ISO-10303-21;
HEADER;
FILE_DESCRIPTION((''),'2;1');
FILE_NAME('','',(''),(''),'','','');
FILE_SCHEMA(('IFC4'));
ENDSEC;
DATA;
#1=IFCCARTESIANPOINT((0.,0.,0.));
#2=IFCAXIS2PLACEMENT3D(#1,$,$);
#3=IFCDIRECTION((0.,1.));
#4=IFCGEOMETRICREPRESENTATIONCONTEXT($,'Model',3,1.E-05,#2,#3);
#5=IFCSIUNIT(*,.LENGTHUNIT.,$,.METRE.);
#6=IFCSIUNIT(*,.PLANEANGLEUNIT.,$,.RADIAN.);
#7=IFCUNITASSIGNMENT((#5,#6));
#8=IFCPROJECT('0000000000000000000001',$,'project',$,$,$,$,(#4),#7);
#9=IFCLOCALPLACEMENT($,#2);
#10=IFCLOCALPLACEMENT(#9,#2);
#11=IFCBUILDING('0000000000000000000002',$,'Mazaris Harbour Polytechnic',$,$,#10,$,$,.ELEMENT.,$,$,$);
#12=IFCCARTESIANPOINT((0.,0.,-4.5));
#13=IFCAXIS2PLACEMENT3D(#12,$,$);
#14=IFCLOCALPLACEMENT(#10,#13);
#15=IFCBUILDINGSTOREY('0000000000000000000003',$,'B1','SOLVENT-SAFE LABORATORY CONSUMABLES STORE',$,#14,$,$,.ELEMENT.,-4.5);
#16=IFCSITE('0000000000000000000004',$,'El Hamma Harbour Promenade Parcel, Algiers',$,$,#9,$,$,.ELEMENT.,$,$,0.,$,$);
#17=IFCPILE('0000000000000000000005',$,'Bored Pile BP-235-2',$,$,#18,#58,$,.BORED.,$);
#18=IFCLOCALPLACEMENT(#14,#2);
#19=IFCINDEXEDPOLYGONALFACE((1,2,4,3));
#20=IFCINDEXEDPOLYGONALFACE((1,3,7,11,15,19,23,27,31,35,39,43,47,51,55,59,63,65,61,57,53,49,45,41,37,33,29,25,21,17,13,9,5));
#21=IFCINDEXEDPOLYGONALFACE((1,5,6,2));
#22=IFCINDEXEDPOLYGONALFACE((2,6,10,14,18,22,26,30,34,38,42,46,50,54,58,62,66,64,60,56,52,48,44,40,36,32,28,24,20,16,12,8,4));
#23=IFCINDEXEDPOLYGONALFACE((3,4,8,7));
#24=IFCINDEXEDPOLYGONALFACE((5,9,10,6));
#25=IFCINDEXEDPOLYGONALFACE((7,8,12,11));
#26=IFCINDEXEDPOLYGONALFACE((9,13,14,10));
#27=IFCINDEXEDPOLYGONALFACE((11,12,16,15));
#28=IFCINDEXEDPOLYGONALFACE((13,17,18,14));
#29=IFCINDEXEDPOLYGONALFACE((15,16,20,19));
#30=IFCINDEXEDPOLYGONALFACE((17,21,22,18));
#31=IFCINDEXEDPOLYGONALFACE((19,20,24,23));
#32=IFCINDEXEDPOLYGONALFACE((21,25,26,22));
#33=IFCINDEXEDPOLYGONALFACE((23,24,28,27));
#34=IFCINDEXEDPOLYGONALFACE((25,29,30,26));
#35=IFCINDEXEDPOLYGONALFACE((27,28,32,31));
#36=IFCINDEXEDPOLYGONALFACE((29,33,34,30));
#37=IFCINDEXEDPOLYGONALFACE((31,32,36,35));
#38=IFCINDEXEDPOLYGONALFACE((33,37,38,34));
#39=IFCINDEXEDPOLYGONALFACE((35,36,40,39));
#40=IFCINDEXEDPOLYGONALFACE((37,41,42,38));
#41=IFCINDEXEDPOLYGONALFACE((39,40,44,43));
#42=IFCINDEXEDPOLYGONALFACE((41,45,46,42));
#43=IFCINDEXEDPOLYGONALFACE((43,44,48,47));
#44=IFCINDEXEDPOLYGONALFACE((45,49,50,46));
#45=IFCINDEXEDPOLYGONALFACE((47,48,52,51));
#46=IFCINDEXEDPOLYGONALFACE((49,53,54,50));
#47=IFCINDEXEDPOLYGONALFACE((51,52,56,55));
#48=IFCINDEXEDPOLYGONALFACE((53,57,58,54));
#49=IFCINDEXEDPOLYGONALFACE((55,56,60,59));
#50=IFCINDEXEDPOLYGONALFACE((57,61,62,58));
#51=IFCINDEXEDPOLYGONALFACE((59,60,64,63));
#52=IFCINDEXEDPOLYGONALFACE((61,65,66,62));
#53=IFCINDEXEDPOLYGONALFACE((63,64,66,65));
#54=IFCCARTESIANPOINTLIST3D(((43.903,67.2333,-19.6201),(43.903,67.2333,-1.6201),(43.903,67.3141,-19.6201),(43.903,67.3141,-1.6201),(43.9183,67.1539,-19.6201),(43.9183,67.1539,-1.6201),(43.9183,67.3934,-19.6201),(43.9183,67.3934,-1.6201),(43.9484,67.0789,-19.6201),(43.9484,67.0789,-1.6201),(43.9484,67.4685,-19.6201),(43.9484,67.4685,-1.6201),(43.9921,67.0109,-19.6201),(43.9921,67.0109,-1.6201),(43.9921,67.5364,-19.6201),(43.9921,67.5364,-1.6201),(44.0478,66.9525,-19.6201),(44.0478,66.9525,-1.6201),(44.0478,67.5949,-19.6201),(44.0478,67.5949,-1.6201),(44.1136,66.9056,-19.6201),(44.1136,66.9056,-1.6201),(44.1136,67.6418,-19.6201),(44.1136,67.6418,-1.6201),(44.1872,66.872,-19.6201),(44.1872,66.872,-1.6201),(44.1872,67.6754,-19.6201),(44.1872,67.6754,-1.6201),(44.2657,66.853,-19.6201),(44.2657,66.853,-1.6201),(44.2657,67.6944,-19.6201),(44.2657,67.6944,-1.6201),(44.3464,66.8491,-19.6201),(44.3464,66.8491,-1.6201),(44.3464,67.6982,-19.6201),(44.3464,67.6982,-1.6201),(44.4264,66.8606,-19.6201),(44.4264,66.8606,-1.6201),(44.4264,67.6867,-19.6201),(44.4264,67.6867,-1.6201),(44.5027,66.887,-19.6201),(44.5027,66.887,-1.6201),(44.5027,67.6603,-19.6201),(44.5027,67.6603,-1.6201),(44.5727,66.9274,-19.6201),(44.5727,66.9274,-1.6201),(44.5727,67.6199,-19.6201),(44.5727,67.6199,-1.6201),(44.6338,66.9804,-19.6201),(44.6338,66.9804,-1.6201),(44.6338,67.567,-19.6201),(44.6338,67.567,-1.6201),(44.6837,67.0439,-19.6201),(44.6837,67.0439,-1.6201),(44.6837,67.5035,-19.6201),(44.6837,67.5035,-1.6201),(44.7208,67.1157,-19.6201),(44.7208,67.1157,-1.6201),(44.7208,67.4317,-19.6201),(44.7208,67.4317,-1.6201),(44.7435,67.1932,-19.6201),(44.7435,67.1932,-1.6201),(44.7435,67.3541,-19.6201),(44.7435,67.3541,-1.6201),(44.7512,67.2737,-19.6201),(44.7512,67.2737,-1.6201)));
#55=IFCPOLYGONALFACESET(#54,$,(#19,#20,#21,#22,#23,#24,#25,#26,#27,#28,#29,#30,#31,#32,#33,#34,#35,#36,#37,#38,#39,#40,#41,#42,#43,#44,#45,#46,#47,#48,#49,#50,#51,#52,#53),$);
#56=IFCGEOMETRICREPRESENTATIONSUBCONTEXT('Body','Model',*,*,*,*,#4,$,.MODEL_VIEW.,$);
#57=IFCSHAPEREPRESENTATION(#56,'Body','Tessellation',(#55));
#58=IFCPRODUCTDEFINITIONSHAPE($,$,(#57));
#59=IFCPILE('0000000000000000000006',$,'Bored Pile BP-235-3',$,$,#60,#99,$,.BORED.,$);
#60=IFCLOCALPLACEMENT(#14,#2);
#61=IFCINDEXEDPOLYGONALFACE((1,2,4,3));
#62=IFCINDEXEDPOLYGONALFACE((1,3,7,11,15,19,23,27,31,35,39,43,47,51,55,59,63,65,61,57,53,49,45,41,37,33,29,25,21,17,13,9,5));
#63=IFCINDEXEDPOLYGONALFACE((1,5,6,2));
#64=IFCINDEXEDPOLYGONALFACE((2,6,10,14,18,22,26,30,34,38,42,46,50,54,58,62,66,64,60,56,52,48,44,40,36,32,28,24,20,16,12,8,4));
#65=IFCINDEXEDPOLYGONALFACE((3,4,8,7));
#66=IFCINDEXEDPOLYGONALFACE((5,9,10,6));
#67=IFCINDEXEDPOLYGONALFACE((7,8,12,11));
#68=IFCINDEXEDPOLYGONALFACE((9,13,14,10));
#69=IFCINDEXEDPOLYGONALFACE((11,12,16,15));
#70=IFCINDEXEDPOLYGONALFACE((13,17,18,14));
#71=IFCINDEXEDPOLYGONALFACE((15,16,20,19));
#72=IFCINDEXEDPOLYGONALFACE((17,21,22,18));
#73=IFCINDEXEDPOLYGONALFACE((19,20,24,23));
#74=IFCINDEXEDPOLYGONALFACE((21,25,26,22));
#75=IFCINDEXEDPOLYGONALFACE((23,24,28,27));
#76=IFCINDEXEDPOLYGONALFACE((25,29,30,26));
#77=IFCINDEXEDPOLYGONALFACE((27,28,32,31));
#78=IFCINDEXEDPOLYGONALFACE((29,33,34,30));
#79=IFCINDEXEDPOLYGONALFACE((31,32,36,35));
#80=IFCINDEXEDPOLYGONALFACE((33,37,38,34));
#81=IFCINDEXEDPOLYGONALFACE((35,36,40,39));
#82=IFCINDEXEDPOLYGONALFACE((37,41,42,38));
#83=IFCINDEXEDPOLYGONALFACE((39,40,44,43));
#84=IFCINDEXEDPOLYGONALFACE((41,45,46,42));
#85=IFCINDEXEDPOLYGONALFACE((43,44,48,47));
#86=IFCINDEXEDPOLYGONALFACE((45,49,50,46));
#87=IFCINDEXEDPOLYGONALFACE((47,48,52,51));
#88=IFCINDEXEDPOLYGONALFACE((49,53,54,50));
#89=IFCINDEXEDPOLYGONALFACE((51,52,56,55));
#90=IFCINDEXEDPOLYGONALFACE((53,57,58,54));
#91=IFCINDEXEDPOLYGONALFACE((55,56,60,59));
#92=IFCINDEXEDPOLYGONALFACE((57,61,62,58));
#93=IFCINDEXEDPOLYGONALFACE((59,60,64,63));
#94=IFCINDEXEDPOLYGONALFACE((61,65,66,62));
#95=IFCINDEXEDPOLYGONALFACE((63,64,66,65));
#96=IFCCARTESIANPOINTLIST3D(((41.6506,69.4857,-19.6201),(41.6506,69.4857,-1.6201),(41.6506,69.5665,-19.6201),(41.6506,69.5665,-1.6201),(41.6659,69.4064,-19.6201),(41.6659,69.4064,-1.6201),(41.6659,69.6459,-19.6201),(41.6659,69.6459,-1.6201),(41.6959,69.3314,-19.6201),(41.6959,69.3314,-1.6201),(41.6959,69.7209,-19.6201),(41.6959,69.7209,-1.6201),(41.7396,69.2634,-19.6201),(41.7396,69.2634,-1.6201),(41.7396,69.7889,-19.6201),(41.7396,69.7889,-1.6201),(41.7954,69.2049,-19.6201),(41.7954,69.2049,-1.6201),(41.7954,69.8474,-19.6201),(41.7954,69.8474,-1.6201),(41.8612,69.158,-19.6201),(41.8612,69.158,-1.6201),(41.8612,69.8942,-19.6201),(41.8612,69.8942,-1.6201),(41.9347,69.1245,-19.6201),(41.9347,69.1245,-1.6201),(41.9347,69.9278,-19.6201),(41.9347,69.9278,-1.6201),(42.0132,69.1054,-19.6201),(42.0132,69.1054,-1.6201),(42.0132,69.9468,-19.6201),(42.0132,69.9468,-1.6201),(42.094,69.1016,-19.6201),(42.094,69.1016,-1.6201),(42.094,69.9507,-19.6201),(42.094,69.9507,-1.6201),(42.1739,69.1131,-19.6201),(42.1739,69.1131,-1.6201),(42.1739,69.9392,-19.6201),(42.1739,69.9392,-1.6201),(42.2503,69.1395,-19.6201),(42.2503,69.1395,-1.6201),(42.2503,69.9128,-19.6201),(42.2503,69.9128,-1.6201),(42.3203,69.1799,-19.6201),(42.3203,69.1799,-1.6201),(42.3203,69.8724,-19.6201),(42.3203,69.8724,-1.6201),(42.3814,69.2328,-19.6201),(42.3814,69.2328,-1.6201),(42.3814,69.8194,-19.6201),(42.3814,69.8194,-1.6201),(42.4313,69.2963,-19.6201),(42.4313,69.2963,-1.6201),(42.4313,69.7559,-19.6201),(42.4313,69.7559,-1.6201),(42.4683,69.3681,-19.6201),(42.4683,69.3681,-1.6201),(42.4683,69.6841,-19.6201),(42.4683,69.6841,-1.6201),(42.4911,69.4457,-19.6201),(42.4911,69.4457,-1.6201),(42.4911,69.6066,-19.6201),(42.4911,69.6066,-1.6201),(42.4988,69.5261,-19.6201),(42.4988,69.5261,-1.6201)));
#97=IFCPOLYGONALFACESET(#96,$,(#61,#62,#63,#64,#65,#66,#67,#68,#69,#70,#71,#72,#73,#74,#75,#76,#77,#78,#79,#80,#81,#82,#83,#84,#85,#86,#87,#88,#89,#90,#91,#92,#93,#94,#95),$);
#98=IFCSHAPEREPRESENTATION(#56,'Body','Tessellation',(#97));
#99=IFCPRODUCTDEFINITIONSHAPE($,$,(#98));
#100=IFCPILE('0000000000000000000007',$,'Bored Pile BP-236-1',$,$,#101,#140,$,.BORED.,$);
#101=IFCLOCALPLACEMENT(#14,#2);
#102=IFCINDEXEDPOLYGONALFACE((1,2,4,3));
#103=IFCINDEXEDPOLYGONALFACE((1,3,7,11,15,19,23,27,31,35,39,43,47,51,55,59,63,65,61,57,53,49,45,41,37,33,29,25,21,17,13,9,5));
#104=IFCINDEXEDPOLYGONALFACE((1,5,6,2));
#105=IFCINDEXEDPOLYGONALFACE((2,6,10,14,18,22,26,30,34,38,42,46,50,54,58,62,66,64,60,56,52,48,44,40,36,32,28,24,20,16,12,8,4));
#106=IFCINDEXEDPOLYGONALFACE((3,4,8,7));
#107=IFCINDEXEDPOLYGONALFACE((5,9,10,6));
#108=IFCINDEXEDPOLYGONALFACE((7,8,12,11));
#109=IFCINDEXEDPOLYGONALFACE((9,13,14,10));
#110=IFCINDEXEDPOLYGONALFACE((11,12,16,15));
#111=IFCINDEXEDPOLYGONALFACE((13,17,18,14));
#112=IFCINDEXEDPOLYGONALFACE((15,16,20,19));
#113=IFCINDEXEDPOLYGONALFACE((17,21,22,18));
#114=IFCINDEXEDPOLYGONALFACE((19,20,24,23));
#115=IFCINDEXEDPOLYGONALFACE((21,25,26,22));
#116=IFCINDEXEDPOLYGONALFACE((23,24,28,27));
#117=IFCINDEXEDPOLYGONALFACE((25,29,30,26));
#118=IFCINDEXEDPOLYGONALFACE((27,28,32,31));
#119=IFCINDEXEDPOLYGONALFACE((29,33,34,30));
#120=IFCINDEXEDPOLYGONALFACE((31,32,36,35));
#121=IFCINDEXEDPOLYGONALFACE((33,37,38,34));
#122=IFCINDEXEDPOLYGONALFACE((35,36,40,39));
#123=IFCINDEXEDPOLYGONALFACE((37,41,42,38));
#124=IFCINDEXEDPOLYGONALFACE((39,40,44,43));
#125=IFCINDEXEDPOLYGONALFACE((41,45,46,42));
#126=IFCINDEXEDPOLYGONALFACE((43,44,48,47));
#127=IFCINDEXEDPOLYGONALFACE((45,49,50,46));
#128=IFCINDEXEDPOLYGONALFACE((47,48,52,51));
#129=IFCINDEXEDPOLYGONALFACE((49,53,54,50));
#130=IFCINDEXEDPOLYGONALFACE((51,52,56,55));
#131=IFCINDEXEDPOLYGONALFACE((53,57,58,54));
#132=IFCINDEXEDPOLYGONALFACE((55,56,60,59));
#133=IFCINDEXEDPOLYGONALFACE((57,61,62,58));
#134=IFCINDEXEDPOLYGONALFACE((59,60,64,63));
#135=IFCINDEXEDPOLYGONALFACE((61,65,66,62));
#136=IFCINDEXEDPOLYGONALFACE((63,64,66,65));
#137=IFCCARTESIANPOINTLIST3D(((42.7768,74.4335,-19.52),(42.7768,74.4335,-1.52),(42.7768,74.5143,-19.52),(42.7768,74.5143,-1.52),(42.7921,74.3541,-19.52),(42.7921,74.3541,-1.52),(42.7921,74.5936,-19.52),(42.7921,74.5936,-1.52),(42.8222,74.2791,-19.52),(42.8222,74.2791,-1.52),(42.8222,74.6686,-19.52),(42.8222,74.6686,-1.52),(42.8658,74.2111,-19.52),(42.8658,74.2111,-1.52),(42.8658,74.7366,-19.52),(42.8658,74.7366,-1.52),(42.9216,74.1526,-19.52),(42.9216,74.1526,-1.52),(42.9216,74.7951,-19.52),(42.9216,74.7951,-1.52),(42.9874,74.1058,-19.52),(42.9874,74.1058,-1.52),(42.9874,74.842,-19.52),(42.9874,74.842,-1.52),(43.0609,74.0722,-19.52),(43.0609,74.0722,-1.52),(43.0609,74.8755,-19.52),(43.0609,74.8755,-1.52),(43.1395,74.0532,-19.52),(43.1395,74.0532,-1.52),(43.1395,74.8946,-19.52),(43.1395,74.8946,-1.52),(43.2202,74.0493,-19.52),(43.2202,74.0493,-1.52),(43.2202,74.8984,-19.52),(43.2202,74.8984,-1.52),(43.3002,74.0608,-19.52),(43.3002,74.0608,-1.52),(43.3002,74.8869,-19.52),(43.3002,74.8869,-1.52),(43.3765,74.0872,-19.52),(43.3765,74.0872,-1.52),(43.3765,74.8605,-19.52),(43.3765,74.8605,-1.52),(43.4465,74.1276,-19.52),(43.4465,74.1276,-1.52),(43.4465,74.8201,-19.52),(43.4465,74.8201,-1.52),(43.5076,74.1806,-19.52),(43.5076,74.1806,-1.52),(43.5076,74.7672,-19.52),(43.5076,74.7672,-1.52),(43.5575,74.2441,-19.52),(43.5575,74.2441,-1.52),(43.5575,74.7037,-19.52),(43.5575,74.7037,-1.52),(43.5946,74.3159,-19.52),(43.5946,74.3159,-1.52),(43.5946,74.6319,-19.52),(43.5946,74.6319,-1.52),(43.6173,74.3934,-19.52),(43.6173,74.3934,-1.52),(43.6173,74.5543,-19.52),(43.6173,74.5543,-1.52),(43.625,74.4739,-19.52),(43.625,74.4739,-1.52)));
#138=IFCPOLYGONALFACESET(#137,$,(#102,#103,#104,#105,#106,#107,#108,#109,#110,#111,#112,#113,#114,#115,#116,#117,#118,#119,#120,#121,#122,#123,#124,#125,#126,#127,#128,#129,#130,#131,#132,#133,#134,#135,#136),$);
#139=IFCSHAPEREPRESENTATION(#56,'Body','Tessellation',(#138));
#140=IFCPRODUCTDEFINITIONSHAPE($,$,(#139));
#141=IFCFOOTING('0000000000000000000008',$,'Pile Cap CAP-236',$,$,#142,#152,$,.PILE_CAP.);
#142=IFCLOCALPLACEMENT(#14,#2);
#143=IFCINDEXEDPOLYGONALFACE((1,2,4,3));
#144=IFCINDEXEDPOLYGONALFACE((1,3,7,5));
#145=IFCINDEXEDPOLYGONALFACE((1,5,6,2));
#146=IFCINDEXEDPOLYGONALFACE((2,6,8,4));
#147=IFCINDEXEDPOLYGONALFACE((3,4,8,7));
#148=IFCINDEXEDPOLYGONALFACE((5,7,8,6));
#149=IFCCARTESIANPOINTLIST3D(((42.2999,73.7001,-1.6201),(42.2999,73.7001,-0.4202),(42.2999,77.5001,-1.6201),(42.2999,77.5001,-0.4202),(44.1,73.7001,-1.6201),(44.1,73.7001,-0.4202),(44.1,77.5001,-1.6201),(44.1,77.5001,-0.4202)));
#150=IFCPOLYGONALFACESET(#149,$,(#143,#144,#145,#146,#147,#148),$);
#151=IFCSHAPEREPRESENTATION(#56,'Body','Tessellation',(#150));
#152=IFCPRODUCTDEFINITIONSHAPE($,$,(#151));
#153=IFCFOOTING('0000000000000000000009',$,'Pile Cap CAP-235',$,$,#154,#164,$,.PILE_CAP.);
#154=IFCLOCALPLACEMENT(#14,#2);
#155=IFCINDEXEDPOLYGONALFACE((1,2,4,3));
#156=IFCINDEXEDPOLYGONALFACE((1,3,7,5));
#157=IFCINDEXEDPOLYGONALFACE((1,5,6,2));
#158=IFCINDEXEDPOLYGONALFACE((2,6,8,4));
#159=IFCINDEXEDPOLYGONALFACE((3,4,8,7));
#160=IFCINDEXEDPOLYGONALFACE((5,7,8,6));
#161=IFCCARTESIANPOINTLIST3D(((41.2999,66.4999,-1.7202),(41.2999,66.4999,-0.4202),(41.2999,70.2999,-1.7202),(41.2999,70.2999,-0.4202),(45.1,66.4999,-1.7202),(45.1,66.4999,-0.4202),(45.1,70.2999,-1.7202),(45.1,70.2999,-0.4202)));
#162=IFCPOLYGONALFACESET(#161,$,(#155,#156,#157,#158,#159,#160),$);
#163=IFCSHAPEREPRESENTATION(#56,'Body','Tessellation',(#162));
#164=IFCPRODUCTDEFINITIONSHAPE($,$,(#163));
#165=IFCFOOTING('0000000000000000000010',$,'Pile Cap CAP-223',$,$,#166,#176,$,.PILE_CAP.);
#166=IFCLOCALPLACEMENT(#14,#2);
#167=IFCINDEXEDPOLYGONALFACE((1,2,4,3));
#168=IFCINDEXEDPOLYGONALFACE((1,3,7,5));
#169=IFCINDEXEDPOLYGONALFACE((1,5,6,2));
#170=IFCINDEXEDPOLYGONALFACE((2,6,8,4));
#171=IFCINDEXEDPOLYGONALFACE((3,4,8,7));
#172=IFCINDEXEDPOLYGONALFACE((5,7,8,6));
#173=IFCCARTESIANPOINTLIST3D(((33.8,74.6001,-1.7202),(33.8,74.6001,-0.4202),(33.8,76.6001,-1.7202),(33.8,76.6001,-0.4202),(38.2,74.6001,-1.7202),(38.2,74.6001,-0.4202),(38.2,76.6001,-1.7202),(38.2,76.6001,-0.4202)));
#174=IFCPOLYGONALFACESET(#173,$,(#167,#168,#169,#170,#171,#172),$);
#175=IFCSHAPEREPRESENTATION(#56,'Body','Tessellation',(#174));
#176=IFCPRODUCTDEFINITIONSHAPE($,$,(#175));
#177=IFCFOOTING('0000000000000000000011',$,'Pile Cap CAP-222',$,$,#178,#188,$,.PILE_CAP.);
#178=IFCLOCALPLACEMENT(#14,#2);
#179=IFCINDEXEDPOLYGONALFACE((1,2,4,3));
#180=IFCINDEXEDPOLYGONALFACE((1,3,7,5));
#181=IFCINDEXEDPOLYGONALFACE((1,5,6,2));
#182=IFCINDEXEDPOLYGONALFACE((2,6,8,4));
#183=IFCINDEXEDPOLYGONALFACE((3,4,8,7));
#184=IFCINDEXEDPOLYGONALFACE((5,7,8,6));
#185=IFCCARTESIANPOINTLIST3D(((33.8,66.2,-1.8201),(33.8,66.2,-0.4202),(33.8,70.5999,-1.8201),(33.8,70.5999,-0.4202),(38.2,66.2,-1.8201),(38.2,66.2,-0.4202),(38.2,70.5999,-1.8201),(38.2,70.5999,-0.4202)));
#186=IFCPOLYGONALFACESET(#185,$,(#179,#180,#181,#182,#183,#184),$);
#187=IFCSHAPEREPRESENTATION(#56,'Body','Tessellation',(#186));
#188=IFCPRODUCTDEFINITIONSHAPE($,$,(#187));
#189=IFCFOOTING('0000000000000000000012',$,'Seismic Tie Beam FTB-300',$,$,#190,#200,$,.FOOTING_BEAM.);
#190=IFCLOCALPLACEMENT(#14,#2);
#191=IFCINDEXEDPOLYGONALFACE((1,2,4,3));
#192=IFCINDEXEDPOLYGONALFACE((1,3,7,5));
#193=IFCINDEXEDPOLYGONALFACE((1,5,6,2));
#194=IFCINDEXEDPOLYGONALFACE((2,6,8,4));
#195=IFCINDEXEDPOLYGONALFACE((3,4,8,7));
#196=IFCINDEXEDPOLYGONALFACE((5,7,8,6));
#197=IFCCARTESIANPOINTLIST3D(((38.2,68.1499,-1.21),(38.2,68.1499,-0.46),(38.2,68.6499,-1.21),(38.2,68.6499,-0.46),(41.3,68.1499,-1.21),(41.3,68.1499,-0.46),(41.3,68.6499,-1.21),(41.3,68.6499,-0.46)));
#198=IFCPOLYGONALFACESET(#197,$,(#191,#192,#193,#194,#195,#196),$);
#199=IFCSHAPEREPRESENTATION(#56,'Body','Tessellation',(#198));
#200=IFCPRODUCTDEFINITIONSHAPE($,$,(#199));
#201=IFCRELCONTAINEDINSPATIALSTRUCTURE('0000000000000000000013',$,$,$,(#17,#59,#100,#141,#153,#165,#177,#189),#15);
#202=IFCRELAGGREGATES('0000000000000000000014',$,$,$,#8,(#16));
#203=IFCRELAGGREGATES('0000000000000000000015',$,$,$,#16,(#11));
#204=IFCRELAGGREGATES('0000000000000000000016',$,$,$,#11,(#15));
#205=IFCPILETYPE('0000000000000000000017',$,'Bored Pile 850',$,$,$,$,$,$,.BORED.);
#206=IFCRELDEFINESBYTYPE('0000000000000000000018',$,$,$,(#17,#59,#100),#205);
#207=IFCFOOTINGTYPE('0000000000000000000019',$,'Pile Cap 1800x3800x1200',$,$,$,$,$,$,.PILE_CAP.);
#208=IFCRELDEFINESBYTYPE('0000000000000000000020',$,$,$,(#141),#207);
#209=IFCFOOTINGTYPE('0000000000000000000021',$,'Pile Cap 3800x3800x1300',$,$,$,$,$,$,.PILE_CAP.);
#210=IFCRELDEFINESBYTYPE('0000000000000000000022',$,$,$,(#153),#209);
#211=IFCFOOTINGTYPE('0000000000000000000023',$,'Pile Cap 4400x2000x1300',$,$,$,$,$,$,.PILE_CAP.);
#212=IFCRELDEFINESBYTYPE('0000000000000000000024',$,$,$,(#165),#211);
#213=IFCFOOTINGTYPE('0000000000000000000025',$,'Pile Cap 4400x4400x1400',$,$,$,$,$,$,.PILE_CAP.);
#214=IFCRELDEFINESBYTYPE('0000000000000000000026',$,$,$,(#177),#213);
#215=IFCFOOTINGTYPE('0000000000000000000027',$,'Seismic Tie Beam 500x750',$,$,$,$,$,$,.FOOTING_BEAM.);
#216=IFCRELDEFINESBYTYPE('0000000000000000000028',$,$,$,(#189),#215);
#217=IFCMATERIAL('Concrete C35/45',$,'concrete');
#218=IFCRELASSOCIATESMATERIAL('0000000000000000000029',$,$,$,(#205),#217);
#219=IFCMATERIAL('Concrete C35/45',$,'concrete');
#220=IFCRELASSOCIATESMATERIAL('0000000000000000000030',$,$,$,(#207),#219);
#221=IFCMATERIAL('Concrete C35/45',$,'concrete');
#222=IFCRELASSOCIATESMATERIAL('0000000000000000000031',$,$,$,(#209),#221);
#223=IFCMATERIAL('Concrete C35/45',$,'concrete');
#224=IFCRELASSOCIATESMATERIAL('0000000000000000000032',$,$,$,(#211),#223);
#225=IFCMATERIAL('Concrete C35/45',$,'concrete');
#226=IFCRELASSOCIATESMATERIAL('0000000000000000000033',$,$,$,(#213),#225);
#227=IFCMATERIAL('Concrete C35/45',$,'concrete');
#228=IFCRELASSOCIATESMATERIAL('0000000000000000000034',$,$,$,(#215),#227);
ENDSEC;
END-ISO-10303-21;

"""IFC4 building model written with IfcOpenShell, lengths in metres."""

from ifc_helpers import new_model, si_unit, direction, frame, origin, origin_2d, place, context, subcontext, project, spatial, rectangle, circle, extrude, material, material_profile, profile_set, type_object, element, save


model = new_model("IFC4")

# Units and contexts
model_context = context("Model", 3, precision=1e-05, world=origin(), true_north=direction((0.0, 1.0)))
body_context = subcontext(model_context, "Body", "Model", "MODEL_VIEW")
ifc_project = project(units=[si_unit("LENGTHUNIT", "METRE"), si_unit("PLANEANGLEUNIT", "RADIAN")], contexts=[model_context])

# Site, building, storey
site_placement = place(None, origin())
site = spatial("IfcSite", under=ifc_project, at=site_placement, Name="El Hamma Harbour Promenade Parcel, Algiers", CompositionType="ELEMENT", RefElevation=0.0)
building_placement = place(site_placement, origin())
building = spatial("IfcBuilding", under=site, at=building_placement, Name="Mazaris Harbour Polytechnic", CompositionType="ELEMENT")
storey_placement = place(building_placement, frame((0.0, 0.0, -4.5)))
storey = spatial("IfcBuildingStorey", under=building, at=storey_placement, Name="B1", Description="SOLVENT-SAFE LABORATORY CONSUMABLES STORE", CompositionType="ELEMENT", Elevation=-4.5)

# Piles
ifc_material_1 = material(Name="Concrete C35/45", Category="concrete")
ifc_material_profile_1 = material_profile(ifc_material_1, circle(Radius=0.425, at=origin_2d()), Name="DIA850")
ifc_profile_set_1 = profile_set([ifc_material_profile_1], Name="Concrete C35/45")
pile_type_1 = type_object("IfcPileType", Name="Bored Pile 850", PredefinedType="BORED", material=ifc_profile_set_1)
for number, where, z_axis, x_axis, name in (
    (1, (44.3262, 67.2737, -1.6201), (0.0, 0.0, -1.0), (1.0, 0.0, 0.0), "Bored Pile BP-235-2"),
    (2, (42.0737, 69.5261, -1.6201), (0.0, 0.0, -1.0), (1.0, 0.0, 0.0), "Bored Pile BP-235-3"),
    (3, (43.2, 74.4739, -1.52), (0.0, 0.0, -1.0), (1.0, 0.0, 0.0), "Bored Pile BP-236-1"),
):
    element("IfcPile", number, at=place(storey_placement, frame(where, z_axis=z_axis, x_axis=x_axis)), inside=storey, type_object=pile_type_1, Name=name, PredefinedType="BORED", context=body_context, shape_type="SweptSolid", body=[
        extrude(circle(Radius=0.425, at=origin_2d()), origin(), (0.0, 0.0, 1.0), 18.0),
    ])

# Footings
ifc_material_2 = material(Name="Concrete C35/45", Category="concrete")
footing_type_1 = type_object("IfcFootingType", Name="Pile Cap 1800x3800x1200", PredefinedType="PILE_CAP", material=ifc_material_2)
footing_1_placement = place(storey_placement, frame((43.2, 75.6001, -1.6201), z_axis=(0.0, 0.0, 1.0), x_axis=(1.0, 0.0, 0.0)))
element("IfcFooting", 4, at=footing_1_placement, inside=storey, type_object=footing_type_1, Name="Pile Cap CAP-236", PredefinedType="PILE_CAP", context=body_context, shape_type="SweptSolid", body=[
    extrude(rectangle(XDim=1.8, YDim=3.8, at=origin_2d()), origin(), (0.0, 0.0, 1.0), 1.2),
])
ifc_material_3 = material(Name="Concrete C35/45", Category="concrete")
footing_type_2 = type_object("IfcFootingType", Name="Pile Cap 3800x3800x1300", PredefinedType="PILE_CAP", material=ifc_material_3)
footing_2_placement = place(storey_placement, frame((43.2, 68.3999, -1.7202), z_axis=(0.0, 0.0, 1.0), x_axis=(1.0, 0.0, 0.0)))
element("IfcFooting", 5, at=footing_2_placement, inside=storey, type_object=footing_type_2, Name="Pile Cap CAP-235", PredefinedType="PILE_CAP", context=body_context, shape_type="SweptSolid", body=[
    extrude(rectangle(XDim=3.8, YDim=3.8, at=origin_2d()), origin(), (0.0, 0.0, 1.0), 1.3),
])
ifc_material_4 = material(Name="Concrete C35/45", Category="concrete")
footing_type_3 = type_object("IfcFootingType", Name="Pile Cap 4400x2000x1300", PredefinedType="PILE_CAP", material=ifc_material_4)
footing_3_placement = place(storey_placement, frame((36.0, 75.6001, -1.7202), z_axis=(0.0, 0.0, 1.0), x_axis=(1.0, 0.0, 0.0)))
element("IfcFooting", 6, at=footing_3_placement, inside=storey, type_object=footing_type_3, Name="Pile Cap CAP-223", PredefinedType="PILE_CAP", context=body_context, shape_type="SweptSolid", body=[
    extrude(rectangle(XDim=4.3999, YDim=2.0, at=origin_2d()), origin(), (0.0, 0.0, 1.0), 1.3),
])
ifc_material_5 = material(Name="Concrete C35/45", Category="concrete")
footing_type_4 = type_object("IfcFootingType", Name="Pile Cap 4400x4400x1400", PredefinedType="PILE_CAP", material=ifc_material_5)
footing_4_placement = place(storey_placement, frame((36.0, 68.3999, -1.8201), z_axis=(0.0, 0.0, 1.0), x_axis=(1.0, 0.0, 0.0)))
element("IfcFooting", 7, at=footing_4_placement, inside=storey, type_object=footing_type_4, Name="Pile Cap CAP-222", PredefinedType="PILE_CAP", context=body_context, shape_type="SweptSolid", body=[
    extrude(rectangle(XDim=4.3999, YDim=4.3999, at=origin_2d()), origin(), (0.0, 0.0, 1.0), 1.3999),
])
ifc_material_6 = material(Name="Concrete C35/45", Category="concrete")
ifc_material_profile_2 = material_profile(ifc_material_6, rectangle(XDim=0.5, YDim=0.75, at=origin_2d()), Name="RECT500x750")
ifc_profile_set_2 = profile_set([ifc_material_profile_2], Name="Concrete C35/45")
footing_type_5 = type_object("IfcFootingType", Name="Seismic Tie Beam 500x750", PredefinedType="FOOTING_BEAM", material=ifc_profile_set_2)
footing_5_placement = place(storey_placement, frame((38.2, 68.3999, -0.835), z_axis=(1.0, 0.0, 0.0), x_axis=(0.0, 1.0, 0.0)))
element("IfcFooting", 8, at=footing_5_placement, inside=storey, type_object=footing_type_5, Name="Seismic Tie Beam FTB-300", PredefinedType="FOOTING_BEAM", context=body_context, shape_type="SweptSolid", body=[
    extrude(rectangle(XDim=0.5, YDim=0.75, at=origin_2d()), origin(), (0.0, 0.0, 1.0), 3.1001),
])

save(model, "model.ifc")
